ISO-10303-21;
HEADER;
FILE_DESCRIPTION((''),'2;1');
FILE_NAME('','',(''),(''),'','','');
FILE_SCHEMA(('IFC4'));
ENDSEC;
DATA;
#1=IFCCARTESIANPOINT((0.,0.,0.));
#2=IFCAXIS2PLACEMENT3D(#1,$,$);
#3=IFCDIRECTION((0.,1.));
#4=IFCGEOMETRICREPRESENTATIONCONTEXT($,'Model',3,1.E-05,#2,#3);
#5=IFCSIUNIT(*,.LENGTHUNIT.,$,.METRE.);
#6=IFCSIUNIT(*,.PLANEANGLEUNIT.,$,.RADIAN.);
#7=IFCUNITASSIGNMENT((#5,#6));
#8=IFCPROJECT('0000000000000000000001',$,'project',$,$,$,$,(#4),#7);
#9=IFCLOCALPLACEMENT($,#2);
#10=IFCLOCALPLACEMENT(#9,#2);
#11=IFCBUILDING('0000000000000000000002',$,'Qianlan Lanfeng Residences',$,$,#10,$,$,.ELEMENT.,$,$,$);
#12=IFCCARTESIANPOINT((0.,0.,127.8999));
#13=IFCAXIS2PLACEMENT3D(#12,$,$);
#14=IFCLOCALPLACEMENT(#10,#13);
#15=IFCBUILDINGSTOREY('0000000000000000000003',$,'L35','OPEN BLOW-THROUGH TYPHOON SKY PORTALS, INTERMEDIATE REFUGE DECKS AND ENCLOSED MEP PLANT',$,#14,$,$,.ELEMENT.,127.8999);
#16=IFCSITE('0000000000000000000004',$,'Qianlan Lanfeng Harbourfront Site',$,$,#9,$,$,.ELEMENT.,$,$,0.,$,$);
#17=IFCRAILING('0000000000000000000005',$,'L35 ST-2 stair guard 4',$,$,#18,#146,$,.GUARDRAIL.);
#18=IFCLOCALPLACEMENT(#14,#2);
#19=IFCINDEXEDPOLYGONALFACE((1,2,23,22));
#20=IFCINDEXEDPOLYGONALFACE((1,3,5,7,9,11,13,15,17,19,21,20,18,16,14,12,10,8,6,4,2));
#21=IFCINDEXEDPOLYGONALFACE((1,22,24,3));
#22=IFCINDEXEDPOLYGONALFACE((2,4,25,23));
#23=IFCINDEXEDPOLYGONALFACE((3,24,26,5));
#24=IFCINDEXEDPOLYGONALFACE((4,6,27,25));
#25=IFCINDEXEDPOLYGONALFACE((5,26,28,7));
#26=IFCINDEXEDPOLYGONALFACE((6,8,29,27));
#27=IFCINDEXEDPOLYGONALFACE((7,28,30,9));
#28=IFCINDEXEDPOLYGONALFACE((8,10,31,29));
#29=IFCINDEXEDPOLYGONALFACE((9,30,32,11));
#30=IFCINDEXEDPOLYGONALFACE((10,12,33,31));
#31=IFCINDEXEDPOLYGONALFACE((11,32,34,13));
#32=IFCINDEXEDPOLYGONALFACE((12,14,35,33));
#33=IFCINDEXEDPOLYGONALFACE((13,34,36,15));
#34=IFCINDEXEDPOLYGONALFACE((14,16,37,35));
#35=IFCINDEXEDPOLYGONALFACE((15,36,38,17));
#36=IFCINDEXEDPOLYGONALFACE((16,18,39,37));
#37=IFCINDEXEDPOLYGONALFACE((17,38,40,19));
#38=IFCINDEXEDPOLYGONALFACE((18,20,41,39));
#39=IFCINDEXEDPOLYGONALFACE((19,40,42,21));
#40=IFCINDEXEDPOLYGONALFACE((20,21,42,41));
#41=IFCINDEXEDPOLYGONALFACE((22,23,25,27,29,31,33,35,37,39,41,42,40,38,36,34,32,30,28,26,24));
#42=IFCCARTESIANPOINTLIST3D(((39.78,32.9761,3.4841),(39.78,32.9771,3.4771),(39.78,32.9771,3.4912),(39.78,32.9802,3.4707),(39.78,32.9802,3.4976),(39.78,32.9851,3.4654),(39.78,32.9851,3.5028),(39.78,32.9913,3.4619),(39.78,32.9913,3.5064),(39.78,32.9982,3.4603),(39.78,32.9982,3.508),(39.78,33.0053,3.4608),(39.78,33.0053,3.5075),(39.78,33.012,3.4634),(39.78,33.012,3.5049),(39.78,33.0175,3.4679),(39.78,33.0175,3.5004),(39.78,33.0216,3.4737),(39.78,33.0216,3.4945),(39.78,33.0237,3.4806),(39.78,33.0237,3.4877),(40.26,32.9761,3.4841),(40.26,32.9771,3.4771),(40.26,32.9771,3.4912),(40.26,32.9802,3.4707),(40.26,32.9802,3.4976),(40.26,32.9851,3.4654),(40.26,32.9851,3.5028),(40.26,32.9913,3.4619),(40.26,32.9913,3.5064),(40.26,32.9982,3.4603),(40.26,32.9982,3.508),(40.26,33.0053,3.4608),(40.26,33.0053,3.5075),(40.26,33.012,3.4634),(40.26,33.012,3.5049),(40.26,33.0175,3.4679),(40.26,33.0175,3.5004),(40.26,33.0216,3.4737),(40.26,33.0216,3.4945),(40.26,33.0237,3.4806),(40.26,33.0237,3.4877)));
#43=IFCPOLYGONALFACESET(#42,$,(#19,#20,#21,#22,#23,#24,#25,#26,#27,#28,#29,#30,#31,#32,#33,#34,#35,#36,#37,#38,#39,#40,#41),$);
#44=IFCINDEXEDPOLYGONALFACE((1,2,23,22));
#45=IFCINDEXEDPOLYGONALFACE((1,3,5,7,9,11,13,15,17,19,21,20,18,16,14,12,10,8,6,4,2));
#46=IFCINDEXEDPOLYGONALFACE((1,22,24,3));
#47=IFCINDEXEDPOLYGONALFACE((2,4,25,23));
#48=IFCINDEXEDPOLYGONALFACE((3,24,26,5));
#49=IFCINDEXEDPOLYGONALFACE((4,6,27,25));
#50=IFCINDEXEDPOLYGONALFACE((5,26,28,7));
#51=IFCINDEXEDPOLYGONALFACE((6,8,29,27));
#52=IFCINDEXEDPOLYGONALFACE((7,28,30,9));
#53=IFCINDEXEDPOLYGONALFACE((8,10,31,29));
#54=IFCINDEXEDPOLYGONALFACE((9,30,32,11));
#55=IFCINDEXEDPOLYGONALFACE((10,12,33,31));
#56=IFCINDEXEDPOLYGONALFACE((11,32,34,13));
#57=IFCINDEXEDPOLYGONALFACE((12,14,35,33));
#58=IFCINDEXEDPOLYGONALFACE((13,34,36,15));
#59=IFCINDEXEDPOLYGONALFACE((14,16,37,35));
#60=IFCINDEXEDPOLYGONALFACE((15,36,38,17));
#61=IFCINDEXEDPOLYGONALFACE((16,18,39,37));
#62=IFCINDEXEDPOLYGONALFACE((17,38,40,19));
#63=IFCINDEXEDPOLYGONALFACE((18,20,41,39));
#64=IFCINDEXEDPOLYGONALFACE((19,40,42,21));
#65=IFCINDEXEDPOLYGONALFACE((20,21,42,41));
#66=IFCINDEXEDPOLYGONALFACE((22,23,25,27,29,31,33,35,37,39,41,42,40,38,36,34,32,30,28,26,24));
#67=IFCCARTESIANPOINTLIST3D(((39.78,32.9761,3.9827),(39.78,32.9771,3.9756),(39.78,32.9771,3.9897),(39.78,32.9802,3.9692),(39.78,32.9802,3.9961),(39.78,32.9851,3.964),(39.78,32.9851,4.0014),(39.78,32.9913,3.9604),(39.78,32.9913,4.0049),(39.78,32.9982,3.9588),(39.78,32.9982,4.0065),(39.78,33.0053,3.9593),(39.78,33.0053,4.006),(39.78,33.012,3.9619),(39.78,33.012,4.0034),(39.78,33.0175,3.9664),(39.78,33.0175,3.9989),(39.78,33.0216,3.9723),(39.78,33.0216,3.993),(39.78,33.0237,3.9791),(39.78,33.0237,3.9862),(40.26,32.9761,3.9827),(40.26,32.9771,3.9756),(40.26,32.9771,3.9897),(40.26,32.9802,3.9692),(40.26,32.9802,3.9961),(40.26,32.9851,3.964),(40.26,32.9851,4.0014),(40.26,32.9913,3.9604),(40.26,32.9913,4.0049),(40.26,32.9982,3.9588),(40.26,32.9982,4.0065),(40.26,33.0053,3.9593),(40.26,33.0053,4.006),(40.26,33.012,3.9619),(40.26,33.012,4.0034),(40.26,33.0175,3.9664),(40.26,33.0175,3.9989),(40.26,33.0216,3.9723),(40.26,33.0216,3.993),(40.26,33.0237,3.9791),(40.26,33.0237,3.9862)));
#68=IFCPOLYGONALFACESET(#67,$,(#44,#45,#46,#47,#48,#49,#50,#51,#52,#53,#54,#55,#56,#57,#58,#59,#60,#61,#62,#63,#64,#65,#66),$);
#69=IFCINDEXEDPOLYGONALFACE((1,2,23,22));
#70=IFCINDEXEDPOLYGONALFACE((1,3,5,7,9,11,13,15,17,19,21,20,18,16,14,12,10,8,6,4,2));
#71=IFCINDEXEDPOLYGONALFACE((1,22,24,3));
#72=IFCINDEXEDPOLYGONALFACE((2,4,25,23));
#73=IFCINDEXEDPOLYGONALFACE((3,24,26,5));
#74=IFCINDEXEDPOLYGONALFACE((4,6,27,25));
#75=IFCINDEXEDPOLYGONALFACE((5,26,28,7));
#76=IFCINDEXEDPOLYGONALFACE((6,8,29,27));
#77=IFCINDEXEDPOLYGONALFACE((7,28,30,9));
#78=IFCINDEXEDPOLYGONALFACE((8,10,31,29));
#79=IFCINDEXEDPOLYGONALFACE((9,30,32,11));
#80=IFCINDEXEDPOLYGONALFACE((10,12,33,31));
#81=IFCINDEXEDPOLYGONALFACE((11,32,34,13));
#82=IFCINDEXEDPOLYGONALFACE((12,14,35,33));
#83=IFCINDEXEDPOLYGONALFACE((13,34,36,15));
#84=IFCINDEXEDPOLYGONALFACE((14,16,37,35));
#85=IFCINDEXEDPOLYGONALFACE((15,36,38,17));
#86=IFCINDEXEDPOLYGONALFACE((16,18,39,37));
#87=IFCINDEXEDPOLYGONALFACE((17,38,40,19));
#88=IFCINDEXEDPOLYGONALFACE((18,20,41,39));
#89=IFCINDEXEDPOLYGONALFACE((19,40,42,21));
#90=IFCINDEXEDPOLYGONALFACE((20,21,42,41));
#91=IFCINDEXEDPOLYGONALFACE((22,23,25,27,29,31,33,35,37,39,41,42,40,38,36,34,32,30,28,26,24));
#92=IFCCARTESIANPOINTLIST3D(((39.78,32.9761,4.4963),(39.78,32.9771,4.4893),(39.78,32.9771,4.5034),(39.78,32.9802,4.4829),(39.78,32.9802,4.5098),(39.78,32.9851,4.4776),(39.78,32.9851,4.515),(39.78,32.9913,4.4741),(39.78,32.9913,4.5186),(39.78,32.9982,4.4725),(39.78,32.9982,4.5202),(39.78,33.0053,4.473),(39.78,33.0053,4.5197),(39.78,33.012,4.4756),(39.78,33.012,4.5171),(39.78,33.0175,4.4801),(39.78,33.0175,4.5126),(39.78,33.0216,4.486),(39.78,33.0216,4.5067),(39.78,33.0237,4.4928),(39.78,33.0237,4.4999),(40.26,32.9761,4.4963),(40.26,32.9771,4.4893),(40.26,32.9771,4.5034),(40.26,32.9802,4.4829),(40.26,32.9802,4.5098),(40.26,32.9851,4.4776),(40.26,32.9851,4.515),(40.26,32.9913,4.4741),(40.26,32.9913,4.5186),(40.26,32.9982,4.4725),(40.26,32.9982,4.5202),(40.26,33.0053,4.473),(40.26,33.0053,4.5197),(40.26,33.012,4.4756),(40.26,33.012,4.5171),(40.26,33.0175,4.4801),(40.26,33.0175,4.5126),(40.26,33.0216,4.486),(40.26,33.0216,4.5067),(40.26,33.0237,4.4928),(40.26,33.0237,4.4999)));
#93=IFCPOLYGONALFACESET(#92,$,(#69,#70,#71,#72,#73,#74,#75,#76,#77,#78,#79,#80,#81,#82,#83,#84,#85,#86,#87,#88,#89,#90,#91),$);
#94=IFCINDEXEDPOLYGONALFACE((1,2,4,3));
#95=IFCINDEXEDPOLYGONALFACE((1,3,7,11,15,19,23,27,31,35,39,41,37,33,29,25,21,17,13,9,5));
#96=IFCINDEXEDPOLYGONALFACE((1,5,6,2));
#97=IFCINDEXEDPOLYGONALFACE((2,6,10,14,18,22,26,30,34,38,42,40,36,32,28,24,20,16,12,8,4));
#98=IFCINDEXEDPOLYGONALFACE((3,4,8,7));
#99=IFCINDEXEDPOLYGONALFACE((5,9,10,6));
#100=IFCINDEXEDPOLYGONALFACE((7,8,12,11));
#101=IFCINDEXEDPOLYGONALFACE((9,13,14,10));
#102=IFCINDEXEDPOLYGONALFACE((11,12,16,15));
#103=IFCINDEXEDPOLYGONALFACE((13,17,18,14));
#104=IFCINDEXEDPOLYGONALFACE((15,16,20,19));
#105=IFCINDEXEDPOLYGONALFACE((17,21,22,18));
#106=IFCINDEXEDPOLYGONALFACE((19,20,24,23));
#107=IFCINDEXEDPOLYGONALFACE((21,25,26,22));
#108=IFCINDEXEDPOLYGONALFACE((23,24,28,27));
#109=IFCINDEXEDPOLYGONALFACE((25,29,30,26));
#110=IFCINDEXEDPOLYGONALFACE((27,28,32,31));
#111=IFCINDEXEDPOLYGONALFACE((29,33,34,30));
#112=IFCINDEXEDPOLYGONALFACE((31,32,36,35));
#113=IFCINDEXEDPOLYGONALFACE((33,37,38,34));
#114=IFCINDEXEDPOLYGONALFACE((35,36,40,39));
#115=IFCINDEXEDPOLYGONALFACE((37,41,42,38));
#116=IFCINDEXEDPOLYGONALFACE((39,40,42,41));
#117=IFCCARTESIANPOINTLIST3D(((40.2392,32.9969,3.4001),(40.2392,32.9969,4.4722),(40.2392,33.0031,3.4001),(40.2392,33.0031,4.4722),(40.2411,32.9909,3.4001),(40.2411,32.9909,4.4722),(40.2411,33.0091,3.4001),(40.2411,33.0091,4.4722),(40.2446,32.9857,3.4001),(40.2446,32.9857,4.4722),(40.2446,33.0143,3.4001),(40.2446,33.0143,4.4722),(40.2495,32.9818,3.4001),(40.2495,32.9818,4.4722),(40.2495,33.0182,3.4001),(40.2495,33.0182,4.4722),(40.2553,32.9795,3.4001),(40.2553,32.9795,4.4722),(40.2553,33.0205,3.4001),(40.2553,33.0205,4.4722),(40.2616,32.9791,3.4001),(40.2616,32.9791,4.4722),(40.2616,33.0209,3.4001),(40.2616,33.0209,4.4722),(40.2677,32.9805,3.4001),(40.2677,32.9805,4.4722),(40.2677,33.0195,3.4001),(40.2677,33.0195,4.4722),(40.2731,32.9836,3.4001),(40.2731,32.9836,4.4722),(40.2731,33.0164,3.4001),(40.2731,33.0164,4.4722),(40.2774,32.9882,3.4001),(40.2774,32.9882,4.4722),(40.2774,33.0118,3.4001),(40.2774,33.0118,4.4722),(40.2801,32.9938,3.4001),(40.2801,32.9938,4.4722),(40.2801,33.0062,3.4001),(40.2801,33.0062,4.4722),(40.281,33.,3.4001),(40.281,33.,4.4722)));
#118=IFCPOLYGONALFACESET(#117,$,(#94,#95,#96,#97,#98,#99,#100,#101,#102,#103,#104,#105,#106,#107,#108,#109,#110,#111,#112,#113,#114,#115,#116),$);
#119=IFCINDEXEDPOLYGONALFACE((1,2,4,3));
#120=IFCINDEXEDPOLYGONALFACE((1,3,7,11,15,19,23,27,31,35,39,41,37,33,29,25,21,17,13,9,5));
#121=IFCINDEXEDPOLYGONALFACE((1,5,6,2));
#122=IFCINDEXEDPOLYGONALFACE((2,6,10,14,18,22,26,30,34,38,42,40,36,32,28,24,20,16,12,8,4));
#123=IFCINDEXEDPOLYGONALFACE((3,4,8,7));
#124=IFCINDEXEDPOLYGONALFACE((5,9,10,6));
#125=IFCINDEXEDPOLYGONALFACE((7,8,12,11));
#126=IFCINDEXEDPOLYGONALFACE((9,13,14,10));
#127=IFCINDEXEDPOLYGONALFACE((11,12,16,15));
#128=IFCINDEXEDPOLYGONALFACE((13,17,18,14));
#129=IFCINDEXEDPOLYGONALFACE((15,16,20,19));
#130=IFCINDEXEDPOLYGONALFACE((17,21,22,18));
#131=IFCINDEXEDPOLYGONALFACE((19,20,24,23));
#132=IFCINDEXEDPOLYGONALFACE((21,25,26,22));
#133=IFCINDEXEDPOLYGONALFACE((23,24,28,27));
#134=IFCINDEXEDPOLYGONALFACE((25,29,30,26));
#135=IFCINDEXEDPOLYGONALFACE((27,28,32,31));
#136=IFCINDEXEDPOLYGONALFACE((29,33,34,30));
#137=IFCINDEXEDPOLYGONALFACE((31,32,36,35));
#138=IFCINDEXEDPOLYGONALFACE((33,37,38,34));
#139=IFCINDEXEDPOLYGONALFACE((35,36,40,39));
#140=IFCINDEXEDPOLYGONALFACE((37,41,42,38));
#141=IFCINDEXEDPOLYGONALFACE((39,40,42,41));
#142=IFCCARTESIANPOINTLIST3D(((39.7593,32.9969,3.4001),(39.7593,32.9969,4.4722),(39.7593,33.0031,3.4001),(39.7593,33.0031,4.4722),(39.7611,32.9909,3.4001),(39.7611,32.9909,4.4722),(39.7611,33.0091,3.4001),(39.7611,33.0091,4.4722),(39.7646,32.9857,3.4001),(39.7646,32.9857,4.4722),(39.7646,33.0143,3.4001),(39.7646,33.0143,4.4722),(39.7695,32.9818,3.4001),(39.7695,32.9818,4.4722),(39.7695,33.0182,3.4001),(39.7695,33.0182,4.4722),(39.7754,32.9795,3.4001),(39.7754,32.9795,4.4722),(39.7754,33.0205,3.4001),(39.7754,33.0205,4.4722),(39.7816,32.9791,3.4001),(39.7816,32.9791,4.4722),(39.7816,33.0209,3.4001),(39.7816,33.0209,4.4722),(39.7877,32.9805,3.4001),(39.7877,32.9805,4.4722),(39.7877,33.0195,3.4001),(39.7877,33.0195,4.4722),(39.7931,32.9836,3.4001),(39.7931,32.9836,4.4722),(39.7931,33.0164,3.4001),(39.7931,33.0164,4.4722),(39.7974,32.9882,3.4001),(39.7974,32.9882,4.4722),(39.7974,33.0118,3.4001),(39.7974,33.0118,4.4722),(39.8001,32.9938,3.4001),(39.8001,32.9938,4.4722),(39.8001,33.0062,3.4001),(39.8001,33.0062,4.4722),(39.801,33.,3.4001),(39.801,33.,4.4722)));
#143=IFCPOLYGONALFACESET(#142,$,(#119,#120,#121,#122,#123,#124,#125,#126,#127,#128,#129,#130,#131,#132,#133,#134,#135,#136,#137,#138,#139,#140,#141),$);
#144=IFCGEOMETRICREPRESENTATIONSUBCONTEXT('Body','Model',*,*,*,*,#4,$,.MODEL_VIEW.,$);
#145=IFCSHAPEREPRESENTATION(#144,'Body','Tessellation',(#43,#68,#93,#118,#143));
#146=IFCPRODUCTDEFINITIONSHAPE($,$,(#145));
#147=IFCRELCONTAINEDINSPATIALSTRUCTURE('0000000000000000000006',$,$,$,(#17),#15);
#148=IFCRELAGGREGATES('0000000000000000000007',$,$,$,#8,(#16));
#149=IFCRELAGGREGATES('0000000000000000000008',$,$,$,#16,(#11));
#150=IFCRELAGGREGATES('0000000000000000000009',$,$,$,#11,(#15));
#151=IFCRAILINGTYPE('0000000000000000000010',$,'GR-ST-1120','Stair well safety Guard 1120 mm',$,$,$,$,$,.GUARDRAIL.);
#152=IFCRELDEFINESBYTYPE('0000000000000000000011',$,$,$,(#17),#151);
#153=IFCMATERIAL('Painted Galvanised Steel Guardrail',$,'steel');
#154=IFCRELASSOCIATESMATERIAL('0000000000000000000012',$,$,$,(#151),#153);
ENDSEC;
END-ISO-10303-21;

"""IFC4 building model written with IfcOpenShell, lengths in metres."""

from ifc_helpers import new_model, si_unit, direction, frame, origin, origin_2d, place, context, subcontext, project, spatial, circle, extrude, material, type_object, element, save


model = new_model("IFC4")

# Units and contexts
model_context = context("Model", 3, precision=1e-05, world=origin(), true_north=direction((0.0, 1.0)))
body_context = subcontext(model_context, "Body", "Model", "MODEL_VIEW")
ifc_project = project(units=[si_unit("LENGTHUNIT", "METRE"), si_unit("PLANEANGLEUNIT", "RADIAN")], contexts=[model_context])

# Site, building, storey
site_placement = place(None, origin())
site = spatial("IfcSite", under=ifc_project, at=site_placement, Name="Qianlan Lanfeng Harbourfront Site", CompositionType="ELEMENT", RefElevation=0.0)
building_placement = place(site_placement, origin())
building = spatial("IfcBuilding", under=site, at=building_placement, Name="Qianlan Lanfeng Residences", CompositionType="ELEMENT")
storey_placement = place(building_placement, frame((0.0, 0.0, 127.8999)))
storey = spatial("IfcBuildingStorey", under=building, at=storey_placement, Name="L35", Description="OPEN BLOW-THROUGH TYPHOON SKY PORTALS, INTERMEDIATE REFUGE DECKS AND ENCLOSED MEP PLANT", CompositionType="ELEMENT", Elevation=127.8999)

# Railing
ifc_material_1 = material(Name="Painted Galvanised Steel Guardrail", Category="steel")
railing_type_1 = type_object("IfcRailingType", Name="GR-ST-1120", Description="Stair well safety Guard 1120 mm", PredefinedType="GUARDRAIL", material=ifc_material_1)
for number, where, name in (
    (1, (40.26, 33.0, 3.4001), "L35 ST-2 stair guard 4"),
):
    element("IfcRailing", number, at=place(storey_placement, frame(where)), inside=storey, type_object=railing_type_1, Name=name, PredefinedType="GUARDRAIL", context=body_context, shape_type="SweptSolid", body=[
        extrude(circle(Radius=0.0239, at=origin_2d()), frame((0.0, 0.0, 0.084), z_axis=(-1.0, 0.0, 0.0), x_axis=(0.0, -1.0, 0.0)), (0.0, 0.0, 1.0), 0.48),
        extrude(circle(Radius=0.0239, at=origin_2d()), frame((0.0, 0.0, 0.5825), z_axis=(-1.0, 0.0, 0.0), x_axis=(0.0, -1.0, 0.0)), (0.0, 0.0, 1.0), 0.48),
        extrude(circle(Radius=0.0239, at=origin_2d()), frame((0.0, 0.0, 1.0962), z_axis=(-1.0, 0.0, 0.0), x_axis=(0.0, -1.0, 0.0)), (0.0, 0.0, 1.0), 0.48),
        extrude(circle(Radius=0.021, at=origin_2d()), origin(), (0.0, 0.0, 1.0), 1.072),
        extrude(circle(Radius=0.021, at=origin_2d()), frame((-0.48, 0.0, 0.0)), (0.0, 0.0, 1.0), 1.072),
    ])

save(model, "model.ifc")
